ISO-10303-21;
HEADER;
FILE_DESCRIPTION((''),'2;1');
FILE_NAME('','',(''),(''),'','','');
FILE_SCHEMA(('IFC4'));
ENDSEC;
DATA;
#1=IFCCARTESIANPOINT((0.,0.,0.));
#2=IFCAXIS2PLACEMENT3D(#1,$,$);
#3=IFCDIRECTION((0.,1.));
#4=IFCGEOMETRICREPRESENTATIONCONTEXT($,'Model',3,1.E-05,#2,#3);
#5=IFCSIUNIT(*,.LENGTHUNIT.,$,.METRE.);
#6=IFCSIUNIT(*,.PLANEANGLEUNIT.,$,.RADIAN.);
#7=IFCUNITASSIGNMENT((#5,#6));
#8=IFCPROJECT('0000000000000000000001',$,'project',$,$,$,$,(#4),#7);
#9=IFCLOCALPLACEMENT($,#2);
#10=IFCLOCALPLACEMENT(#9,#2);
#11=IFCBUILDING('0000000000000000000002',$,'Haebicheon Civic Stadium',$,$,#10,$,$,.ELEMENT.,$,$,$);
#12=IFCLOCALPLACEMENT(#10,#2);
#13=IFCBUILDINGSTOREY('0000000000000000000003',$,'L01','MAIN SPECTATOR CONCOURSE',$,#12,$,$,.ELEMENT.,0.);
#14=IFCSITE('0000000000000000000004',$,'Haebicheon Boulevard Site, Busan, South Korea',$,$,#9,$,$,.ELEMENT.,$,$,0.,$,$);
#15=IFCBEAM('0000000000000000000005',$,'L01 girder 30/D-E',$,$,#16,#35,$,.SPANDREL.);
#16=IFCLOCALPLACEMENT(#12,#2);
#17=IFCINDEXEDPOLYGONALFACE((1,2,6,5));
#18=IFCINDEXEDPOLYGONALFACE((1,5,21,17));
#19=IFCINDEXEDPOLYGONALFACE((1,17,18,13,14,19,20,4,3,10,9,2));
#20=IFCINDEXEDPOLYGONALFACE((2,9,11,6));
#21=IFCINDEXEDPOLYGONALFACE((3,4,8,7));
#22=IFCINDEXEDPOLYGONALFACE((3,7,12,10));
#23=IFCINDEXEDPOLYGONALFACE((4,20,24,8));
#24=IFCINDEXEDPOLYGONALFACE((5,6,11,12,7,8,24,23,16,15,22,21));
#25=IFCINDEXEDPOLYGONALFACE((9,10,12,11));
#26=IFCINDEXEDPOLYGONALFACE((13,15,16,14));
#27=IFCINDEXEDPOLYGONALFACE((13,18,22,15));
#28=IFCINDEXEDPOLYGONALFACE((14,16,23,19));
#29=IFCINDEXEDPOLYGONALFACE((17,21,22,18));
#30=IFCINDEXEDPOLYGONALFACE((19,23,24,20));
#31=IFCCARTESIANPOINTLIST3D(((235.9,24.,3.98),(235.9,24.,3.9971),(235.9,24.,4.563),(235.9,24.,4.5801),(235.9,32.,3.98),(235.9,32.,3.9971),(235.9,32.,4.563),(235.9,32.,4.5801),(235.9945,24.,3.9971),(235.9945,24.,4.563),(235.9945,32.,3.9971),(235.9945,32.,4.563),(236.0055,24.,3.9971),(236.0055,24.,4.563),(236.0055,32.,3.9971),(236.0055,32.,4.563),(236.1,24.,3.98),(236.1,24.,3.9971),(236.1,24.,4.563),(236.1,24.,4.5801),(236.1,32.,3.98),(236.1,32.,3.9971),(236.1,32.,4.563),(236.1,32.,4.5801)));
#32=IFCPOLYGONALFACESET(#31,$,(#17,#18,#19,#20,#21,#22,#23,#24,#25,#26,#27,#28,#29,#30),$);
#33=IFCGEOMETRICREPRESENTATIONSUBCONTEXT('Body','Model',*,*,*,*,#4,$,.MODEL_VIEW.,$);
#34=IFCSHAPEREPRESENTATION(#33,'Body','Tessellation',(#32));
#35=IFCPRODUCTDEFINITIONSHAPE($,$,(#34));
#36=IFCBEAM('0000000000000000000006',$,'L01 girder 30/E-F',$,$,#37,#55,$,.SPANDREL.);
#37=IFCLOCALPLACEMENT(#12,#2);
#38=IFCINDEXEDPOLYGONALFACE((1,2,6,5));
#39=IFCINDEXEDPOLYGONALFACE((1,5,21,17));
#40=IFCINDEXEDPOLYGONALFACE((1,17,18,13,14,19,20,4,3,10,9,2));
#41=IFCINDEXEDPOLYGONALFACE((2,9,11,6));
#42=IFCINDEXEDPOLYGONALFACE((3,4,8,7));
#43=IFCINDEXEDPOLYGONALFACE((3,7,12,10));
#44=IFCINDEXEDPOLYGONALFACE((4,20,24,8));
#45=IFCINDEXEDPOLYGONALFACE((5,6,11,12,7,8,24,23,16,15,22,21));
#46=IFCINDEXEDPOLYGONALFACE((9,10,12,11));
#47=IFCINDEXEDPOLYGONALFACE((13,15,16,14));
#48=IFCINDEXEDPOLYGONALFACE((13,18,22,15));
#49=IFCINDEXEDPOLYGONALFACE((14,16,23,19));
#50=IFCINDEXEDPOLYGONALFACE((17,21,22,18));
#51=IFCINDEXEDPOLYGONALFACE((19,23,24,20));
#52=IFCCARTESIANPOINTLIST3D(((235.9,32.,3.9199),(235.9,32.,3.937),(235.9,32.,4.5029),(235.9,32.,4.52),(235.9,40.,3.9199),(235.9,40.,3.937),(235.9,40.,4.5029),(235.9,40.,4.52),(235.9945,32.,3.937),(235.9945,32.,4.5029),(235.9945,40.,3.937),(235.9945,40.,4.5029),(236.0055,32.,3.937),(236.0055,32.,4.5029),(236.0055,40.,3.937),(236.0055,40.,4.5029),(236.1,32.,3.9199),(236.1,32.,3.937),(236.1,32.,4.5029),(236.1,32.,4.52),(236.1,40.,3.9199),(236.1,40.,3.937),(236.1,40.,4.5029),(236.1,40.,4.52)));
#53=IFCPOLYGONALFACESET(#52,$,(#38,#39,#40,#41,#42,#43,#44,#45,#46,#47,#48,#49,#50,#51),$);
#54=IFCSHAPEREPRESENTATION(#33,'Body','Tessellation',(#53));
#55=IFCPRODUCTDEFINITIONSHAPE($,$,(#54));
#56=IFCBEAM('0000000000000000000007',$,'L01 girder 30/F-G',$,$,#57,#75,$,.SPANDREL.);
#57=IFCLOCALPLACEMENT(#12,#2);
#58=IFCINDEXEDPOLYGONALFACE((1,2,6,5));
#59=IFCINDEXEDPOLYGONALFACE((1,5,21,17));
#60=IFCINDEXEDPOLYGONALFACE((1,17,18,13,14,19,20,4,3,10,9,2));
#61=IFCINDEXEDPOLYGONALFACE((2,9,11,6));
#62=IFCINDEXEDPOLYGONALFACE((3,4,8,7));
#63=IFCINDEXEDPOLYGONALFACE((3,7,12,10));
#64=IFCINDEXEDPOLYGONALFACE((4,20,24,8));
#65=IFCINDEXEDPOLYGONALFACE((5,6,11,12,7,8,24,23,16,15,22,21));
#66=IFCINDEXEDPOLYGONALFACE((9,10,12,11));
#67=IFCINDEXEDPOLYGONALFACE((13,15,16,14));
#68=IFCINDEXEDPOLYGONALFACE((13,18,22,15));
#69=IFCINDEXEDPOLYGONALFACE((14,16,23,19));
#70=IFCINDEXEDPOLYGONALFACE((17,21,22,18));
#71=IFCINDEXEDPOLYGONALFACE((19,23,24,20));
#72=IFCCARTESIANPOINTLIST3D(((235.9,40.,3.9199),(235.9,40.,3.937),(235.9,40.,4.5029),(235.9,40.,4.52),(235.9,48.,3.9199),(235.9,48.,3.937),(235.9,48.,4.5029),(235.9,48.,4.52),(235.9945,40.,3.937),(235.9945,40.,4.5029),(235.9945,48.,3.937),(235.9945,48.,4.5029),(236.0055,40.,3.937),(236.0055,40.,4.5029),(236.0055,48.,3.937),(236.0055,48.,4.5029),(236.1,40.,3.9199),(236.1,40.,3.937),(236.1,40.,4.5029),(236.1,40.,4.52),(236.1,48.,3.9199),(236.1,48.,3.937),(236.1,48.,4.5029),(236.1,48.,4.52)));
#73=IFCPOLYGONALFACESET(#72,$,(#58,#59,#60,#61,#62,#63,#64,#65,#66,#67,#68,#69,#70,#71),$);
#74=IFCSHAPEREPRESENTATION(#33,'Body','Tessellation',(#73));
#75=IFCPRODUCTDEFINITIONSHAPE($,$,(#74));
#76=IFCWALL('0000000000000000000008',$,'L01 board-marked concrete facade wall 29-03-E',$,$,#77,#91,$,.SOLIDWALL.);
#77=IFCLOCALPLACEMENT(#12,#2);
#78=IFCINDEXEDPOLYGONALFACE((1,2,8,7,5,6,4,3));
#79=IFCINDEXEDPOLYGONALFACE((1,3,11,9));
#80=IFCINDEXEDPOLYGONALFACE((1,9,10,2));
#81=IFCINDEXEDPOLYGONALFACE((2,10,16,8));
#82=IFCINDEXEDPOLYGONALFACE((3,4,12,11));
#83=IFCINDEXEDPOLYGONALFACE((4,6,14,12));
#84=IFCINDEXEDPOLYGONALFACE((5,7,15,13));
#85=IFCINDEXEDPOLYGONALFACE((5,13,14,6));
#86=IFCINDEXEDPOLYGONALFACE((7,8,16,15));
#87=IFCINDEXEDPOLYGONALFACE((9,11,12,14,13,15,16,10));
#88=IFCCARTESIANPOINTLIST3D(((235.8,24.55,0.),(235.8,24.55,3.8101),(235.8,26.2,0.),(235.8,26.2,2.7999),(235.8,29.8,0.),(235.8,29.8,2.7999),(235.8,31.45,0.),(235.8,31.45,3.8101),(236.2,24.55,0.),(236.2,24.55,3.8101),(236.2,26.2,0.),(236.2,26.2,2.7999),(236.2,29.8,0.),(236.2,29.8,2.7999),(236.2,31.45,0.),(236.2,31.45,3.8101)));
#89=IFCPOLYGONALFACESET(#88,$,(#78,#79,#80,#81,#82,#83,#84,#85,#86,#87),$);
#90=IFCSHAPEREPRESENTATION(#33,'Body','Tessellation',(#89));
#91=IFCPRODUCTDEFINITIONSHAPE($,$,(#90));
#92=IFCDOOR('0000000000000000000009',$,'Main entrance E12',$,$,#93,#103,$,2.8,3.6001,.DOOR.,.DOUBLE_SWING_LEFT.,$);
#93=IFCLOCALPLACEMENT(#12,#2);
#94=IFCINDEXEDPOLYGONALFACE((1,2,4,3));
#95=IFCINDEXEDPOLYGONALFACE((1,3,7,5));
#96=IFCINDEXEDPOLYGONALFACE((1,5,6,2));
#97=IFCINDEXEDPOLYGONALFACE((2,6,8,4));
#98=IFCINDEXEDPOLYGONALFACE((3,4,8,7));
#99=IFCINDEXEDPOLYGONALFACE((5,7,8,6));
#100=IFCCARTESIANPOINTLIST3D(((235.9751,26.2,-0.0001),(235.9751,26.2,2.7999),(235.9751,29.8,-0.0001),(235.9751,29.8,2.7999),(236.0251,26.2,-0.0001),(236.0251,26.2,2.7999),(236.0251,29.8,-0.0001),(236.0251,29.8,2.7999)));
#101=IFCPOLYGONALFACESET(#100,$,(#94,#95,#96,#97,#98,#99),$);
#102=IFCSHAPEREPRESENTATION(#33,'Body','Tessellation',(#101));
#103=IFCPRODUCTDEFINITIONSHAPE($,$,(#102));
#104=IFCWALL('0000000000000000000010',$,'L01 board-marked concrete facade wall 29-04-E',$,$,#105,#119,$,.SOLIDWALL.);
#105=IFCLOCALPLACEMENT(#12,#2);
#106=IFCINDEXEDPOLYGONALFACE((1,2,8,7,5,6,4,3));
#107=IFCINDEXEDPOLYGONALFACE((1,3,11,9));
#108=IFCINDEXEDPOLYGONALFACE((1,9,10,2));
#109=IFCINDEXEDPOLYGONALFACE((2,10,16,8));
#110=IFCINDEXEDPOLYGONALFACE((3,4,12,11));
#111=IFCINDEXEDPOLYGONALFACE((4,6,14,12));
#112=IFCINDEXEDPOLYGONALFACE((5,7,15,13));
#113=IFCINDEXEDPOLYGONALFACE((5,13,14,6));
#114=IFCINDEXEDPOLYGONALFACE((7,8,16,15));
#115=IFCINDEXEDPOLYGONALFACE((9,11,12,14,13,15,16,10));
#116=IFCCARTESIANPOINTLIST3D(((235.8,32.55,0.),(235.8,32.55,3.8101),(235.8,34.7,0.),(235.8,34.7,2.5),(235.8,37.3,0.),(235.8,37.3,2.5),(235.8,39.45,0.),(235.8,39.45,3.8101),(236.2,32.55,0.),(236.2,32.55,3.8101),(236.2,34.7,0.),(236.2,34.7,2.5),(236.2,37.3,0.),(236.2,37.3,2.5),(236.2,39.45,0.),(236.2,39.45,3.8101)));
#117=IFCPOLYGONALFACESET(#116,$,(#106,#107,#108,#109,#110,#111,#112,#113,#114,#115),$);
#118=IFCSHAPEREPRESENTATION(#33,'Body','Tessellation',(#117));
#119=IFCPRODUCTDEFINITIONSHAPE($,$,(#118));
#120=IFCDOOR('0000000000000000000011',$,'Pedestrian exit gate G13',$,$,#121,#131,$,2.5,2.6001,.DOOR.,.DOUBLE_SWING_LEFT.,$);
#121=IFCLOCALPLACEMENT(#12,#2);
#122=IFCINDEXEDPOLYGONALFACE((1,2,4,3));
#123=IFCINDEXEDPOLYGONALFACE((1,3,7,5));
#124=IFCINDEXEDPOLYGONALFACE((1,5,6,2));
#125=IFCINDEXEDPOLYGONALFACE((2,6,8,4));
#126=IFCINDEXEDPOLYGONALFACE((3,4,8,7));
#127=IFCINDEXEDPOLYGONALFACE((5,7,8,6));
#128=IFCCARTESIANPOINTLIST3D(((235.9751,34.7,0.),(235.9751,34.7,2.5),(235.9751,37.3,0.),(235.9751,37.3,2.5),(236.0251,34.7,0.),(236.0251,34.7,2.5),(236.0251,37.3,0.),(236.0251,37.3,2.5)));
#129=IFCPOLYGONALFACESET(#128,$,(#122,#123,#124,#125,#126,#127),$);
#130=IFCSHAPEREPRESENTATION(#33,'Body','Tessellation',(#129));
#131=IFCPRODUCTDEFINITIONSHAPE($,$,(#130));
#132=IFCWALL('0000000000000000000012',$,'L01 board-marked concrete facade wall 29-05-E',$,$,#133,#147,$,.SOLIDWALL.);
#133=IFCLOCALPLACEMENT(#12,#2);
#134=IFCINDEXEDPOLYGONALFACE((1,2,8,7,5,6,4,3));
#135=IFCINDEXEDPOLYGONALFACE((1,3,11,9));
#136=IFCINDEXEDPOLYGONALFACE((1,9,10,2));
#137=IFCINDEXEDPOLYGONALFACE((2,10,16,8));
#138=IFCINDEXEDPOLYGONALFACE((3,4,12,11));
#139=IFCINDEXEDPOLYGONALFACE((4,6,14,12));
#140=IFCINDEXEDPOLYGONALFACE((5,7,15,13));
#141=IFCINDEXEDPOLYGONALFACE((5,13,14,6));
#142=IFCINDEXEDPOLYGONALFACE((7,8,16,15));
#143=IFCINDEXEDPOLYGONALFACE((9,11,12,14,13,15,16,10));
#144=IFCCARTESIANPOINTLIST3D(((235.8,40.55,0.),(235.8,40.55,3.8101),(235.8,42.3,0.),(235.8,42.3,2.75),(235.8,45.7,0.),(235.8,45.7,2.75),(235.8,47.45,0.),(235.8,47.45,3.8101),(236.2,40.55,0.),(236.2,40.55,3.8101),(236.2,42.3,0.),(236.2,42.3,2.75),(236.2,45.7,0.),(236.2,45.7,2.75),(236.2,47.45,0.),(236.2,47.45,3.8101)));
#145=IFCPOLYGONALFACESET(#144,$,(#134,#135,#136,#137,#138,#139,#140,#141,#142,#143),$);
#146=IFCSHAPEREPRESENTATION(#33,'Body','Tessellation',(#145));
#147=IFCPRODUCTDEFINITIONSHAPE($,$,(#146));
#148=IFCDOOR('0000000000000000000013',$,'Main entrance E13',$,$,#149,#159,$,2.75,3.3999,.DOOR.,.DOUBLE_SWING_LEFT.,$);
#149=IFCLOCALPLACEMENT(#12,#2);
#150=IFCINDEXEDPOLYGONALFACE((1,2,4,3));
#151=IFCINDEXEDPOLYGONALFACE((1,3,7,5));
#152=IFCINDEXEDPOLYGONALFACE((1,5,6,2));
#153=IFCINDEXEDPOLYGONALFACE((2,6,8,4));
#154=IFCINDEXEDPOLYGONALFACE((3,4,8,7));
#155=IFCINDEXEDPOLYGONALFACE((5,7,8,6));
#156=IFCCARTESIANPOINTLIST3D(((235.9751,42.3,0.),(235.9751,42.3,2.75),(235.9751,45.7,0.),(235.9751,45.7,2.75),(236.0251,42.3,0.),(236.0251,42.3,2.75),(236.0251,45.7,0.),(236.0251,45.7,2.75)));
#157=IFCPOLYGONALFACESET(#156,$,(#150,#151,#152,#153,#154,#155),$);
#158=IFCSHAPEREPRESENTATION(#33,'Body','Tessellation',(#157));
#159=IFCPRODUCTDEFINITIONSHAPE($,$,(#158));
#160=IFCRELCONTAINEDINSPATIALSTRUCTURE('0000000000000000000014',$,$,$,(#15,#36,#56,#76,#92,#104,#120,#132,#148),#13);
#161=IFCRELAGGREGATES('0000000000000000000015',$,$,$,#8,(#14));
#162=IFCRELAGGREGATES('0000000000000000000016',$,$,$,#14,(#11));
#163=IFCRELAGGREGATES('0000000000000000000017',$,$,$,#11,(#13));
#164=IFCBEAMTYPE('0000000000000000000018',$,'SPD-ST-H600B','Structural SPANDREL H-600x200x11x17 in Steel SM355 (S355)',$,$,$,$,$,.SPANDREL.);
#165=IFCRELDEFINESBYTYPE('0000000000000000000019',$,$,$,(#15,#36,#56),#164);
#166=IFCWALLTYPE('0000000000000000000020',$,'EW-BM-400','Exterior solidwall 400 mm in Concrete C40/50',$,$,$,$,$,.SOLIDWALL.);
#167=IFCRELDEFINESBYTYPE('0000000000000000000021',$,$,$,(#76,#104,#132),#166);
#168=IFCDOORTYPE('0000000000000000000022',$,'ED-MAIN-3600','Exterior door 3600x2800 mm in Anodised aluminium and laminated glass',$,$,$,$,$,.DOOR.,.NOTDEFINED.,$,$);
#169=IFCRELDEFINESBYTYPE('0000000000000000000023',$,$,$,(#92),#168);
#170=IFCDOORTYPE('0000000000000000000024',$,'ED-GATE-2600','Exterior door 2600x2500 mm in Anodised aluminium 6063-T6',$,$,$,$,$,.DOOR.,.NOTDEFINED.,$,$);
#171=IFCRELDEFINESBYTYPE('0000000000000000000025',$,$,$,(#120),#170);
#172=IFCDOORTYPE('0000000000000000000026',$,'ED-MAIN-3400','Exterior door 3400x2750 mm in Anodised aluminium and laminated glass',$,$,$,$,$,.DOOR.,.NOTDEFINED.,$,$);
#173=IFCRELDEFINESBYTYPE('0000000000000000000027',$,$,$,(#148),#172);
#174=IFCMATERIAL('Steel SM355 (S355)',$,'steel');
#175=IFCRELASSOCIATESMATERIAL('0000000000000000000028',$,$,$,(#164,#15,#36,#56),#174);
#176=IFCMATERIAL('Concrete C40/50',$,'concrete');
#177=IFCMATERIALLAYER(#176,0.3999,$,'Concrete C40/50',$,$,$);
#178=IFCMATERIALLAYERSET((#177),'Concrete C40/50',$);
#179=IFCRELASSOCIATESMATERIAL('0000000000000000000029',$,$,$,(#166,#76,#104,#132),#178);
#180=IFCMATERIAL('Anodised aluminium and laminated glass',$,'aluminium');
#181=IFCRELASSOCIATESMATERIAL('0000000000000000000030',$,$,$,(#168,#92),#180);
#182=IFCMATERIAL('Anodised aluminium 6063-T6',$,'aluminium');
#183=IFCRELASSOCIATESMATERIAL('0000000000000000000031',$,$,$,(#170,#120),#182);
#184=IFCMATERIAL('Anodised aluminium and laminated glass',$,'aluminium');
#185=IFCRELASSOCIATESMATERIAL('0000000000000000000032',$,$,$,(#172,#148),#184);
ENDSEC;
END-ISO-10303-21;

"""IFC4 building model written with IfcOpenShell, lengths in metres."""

from ifc_helpers import new_model, si_unit, direction, frame, frame_2d, origin, origin_2d, place, context, subcontext, project, spatial, rectangle, i_section, extrude, material, layer, layer_set, material_profile, profile_set, type_object, element, fill, save


model = new_model("IFC4")

# Units and contexts
model_context = context("Model", 3, precision=1e-05, world=origin(), true_north=direction((0.0, 1.0)))
body_context = subcontext(model_context, "Body", "Model", "MODEL_VIEW")
ifc_project = project(units=[si_unit("LENGTHUNIT", "METRE"), si_unit("PLANEANGLEUNIT", "RADIAN")], contexts=[model_context])

# Site, building, storey
site_placement = place(None, origin())
site = spatial("IfcSite", under=ifc_project, at=site_placement, Name="Haebicheon Boulevard Site, Busan, South Korea", CompositionType="ELEMENT", RefElevation=0.0)
building_placement = place(site_placement, origin())
building = spatial("IfcBuilding", under=site, at=building_placement, Name="Haebicheon Civic Stadium", CompositionType="ELEMENT")
storey_placement = place(building_placement, origin())
storey = spatial("IfcBuildingStorey", under=building, at=storey_placement, Name="L01", Description="MAIN SPECTATOR CONCOURSE", CompositionType="ELEMENT", Elevation=0.0)

# Beams
ifc_material_1 = material(Name="Steel SM355 (S355)", Category="steel")
ifc_material_profile_1 = material_profile(ifc_material_1, i_section(OverallWidth=0.2, OverallDepth=0.6001, WebThickness=0.011, FlangeThickness=0.0171, at=origin_2d()), Name="H-600x200x11x17")
ifc_profile_set_1 = profile_set([ifc_material_profile_1], Name="Steel SM355 (S355)")
beam_type_1 = type_object("IfcBeamType", Name="SPD-ST-H600B", Description="Structural SPANDREL H-600x200x11x17 in Steel SM355 (S355)", PredefinedType="SPANDREL", material=ifc_profile_set_1)
for number, where, z_axis, x_axis, name in (
    (1, (236.0, 24.0, 4.28), (0.0, 1.0, 0.0), (-1.0, 0.0, 0.0), "L01 girder 30/D-E"),
    (2, (236.0, 32.0, 4.22), (0.0, 1.0, 0.0), (-1.0, 0.0, 0.0), "L01 girder 30/E-F"),
    (3, (236.0, 40.0, 4.22), (0.0, 1.0, 0.0), (-1.0, 0.0, 0.0), "L01 girder 30/F-G"),
):
    element("IfcBeam", number, at=place(storey_placement, frame(where, z_axis=z_axis, x_axis=x_axis)), inside=storey, type_object=beam_type_1, material=ifc_profile_set_1, Name=name, PredefinedType="SPANDREL", context=body_context, shape_type="SweptSolid", body=[
        extrude(i_section(OverallWidth=0.2, OverallDepth=0.6001, WebThickness=0.011, FlangeThickness=0.0171, at=origin_2d()), origin(), (0.0, 0.0, 1.0), 8.0),
    ])

# Walls, openings, doors
ifc_material_2 = material(Name="Concrete C40/50", Category="concrete")
ifc_layer_1 = layer(ifc_material_2, 0.3999, Name="Concrete C40/50")
ifc_layer_set_1 = layer_set([ifc_layer_1], Name="Concrete C40/50")
wall_type_1 = type_object("IfcWallType", Name="EW-BM-400", Description="Exterior solidwall 400 mm in Concrete C40/50", PredefinedType="SOLIDWALL", material=ifc_layer_set_1)
wall_1_placement = place(storey_placement, frame((236.0, 24.55, 0.0), z_axis=(0.0, 0.0, 1.0), x_axis=(0.0, 1.0, 0.0)))
wall_1 = element("IfcWall", 4, at=wall_1_placement, inside=storey, type_object=wall_type_1, material=ifc_layer_set_1, Name="L01 board-marked concrete facade wall 29-03-E", PredefinedType="SOLIDWALL", context=body_context, shape_type="SweptSolid", body=[
    extrude(rectangle(XDim=6.8999, YDim=0.3999, at=frame_2d((3.45, 0.0))), origin(), (0.0, 0.0, 1.0), 3.8101),
])
opening_1_placement = place(wall_1_placement, frame((1.6499, 0.0, 0.0)))
opening_1 = element("IfcOpeningElement", 5, at=opening_1_placement, cuts=wall_1, PredefinedType="OPENING", context=body_context, shape_type="SweptSolid", body=[
    extrude(rectangle(XDim=3.6001, YDim=2.8, at=frame_2d((1.8, 1.3999))), frame((0.0, 0.21, 0.0), z_axis=(0.0, -1.0, 0.0), x_axis=(1.0, 0.0, 0.0)), (0.0, 0.0, 1.0), 0.4199),
])
ifc_material_3 = material(Name="Anodised aluminium and laminated glass", Category="aluminium")
door_type_1 = type_object("IfcDoorType", Name="ED-MAIN-3600", Description="Exterior door 3600x2800 mm in Anodised aluminium and laminated glass", OperationType="NOTDEFINED", PredefinedType="DOOR", material=ifc_material_3)
door_1_placement = place(opening_1_placement, origin())
door_1 = element("IfcDoor", 6, at=door_1_placement, inside=storey, type_object=door_type_1, material=ifc_material_3, Name="Main entrance E12", OperationType="DOUBLE_SWING_LEFT", OverallHeight=2.8, OverallWidth=3.6001, PredefinedType="DOOR", context=body_context, shape_type="SweptSolid", body=[
    extrude(rectangle(XDim=3.6001, YDim=2.8, at=frame_2d((1.8, 1.3999))), frame((0.0, 0.0249, 0.0), z_axis=(0.0, -1.0, 0.0), x_axis=(1.0, 0.0, 0.0)), (0.0, 0.0, 1.0), 0.05),
])
fill(opening_1, door_1)
wall_2_placement = place(storey_placement, frame((236.0, 32.55, 0.0), z_axis=(0.0, 0.0, 1.0), x_axis=(0.0, 1.0, 0.0)))
wall_2 = element("IfcWall", 7, at=wall_2_placement, inside=storey, type_object=wall_type_1, material=ifc_layer_set_1, Name="L01 board-marked concrete facade wall 29-04-E", PredefinedType="SOLIDWALL", context=body_context, shape_type="SweptSolid", body=[
    extrude(rectangle(XDim=6.8999, YDim=0.3999, at=frame_2d((3.45, 0.0))), origin(), (0.0, 0.0, 1.0), 3.8101),
])
opening_2_placement = place(wall_2_placement, frame((2.1499, 0.0, 0.0)))
opening_2 = element("IfcOpeningElement", 8, at=opening_2_placement, cuts=wall_2, PredefinedType="OPENING", context=body_context, shape_type="SweptSolid", body=[
    extrude(rectangle(XDim=2.6001, YDim=2.5, at=frame_2d((1.3, 1.25))), frame((0.0, 0.21, 0.0), z_axis=(0.0, -1.0, 0.0), x_axis=(1.0, 0.0, 0.0)), (0.0, 0.0, 1.0), 0.4199),
])
ifc_material_4 = material(Name="Anodised aluminium 6063-T6", Category="aluminium")
door_type_2 = type_object("IfcDoorType", Name="ED-GATE-2600", Description="Exterior door 2600x2500 mm in Anodised aluminium 6063-T6", OperationType="NOTDEFINED", PredefinedType="DOOR", material=ifc_material_4)
door_2_placement = place(opening_2_placement, origin())
door_2 = element("IfcDoor", 9, at=door_2_placement, inside=storey, type_object=door_type_2, material=ifc_material_4, Name="Pedestrian exit gate G13", OperationType="DOUBLE_SWING_LEFT", OverallHeight=2.5, OverallWidth=2.6001, PredefinedType="DOOR", context=body_context, shape_type="SweptSolid", body=[
    extrude(rectangle(XDim=2.6001, YDim=2.5, at=frame_2d((1.3, 1.25))), frame((0.0, 0.0249, 0.0), z_axis=(0.0, -1.0, 0.0), x_axis=(1.0, 0.0, 0.0)), (0.0, 0.0, 1.0), 0.05),
])
fill(opening_2, door_2)
wall_3_placement = place(storey_placement, frame((236.0, 40.55, 0.0), z_axis=(0.0, 0.0, 1.0), x_axis=(0.0, 1.0, 0.0)))
wall_3 = element("IfcWall", 10, at=wall_3_placement, inside=storey, type_object=wall_type_1, material=ifc_layer_set_1, Name="L01 board-marked concrete facade wall 29-05-E", PredefinedType="SOLIDWALL", context=body_context, shape_type="SweptSolid", body=[
    extrude(rectangle(XDim=6.8999, YDim=0.3999, at=frame_2d((3.45, 0.0))), origin(), (0.0, 0.0, 1.0), 3.8101),
])
opening_3_placement = place(wall_3_placement, frame((1.75, 0.0, 0.0)))
opening_3 = element("IfcOpeningElement", 11, at=opening_3_placement, cuts=wall_3, PredefinedType="OPENING", context=body_context, shape_type="SweptSolid", body=[
    extrude(rectangle(XDim=3.3999, YDim=2.75, at=frame_2d((1.7, 1.375))), frame((0.0, 0.21, 0.0), z_axis=(0.0, -1.0, 0.0), x_axis=(1.0, 0.0, 0.0)), (0.0, 0.0, 1.0), 0.4199),
])
ifc_material_5 = material(Name="Anodised aluminium and laminated glass", Category="aluminium")
door_type_3 = type_object("IfcDoorType", Name="ED-MAIN-3400", Description="Exterior door 3400x2750 mm in Anodised aluminium and laminated glass", OperationType="NOTDEFINED", PredefinedType="DOOR", material=ifc_material_5)
door_3_placement = place(opening_3_placement, origin())
door_3 = element("IfcDoor", 12, at=door_3_placement, inside=storey, type_object=door_type_3, material=ifc_material_5, Name="Main entrance E13", OperationType="DOUBLE_SWING_LEFT", OverallHeight=2.75, OverallWidth=3.3999, PredefinedType="DOOR", context=body_context, shape_type="SweptSolid", body=[
    extrude(rectangle(XDim=3.3999, YDim=2.75, at=frame_2d((1.7, 1.375))), frame((0.0, 0.0249, 0.0), z_axis=(0.0, -1.0, 0.0), x_axis=(1.0, 0.0, 0.0)), (0.0, 0.0, 1.0), 0.05),
])
fill(opening_3, door_3)

save(model, "model.ifc")
